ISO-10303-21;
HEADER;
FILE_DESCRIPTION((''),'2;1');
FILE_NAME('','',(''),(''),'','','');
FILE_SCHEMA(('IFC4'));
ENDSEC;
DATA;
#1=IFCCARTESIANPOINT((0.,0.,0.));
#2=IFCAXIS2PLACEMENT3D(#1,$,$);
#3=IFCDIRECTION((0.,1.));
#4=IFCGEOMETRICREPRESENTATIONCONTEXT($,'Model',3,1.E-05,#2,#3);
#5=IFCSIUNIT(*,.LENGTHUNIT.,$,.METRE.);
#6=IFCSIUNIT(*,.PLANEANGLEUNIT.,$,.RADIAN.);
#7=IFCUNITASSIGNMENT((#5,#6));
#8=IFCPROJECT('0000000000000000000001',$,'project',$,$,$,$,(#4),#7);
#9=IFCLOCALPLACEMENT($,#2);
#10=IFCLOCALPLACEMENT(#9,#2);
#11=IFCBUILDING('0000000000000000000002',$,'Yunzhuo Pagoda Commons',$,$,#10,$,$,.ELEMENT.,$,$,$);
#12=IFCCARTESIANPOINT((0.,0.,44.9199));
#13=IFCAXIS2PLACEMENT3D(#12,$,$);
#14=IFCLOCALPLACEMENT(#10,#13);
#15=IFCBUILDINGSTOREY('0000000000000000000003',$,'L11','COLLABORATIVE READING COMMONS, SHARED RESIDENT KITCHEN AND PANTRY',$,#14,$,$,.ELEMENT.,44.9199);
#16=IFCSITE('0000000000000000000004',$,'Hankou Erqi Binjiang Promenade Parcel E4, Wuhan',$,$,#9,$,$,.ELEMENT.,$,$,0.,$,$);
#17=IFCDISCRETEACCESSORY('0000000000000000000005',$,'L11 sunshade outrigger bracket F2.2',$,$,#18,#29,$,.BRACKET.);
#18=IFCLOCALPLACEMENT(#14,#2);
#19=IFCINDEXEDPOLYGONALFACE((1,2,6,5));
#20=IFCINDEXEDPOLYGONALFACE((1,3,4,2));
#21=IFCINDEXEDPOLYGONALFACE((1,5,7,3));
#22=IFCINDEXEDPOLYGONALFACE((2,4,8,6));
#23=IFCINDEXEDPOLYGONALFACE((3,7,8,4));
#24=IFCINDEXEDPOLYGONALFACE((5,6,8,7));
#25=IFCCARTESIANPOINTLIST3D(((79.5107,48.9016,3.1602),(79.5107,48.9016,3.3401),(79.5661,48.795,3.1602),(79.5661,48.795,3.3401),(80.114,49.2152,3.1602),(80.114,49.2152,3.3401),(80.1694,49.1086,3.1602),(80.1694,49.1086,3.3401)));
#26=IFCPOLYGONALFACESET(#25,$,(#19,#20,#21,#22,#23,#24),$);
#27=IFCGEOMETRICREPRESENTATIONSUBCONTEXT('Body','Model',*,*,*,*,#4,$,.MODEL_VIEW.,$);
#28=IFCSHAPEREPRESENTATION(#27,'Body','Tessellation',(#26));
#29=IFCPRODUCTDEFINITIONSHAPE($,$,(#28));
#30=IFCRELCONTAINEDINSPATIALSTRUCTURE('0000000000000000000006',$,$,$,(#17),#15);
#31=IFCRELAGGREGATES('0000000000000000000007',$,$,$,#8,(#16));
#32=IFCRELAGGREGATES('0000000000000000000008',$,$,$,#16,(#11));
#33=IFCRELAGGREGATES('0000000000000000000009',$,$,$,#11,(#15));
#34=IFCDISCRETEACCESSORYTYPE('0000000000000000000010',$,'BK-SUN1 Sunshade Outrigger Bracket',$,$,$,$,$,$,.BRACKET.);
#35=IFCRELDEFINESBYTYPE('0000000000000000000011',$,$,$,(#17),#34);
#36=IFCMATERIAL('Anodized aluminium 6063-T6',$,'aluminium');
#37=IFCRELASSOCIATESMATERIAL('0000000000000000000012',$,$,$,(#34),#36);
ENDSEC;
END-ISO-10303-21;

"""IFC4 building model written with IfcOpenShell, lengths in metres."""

from ifc_helpers import new_model, si_unit, direction, frame, origin, origin_2d, place, context, subcontext, project, spatial, rectangle, extrude, source, transform, mapped, material, type_object, element, save


model = new_model("IFC4")

# Units and contexts
model_context = context("Model", 3, precision=1e-05, world=origin(), true_north=direction((0.0, 1.0)))
body_context = subcontext(model_context, "Body", "Model", "MODEL_VIEW")
ifc_project = project(units=[si_unit("LENGTHUNIT", "METRE"), si_unit("PLANEANGLEUNIT", "RADIAN")], contexts=[model_context])

# Site, building, storey
site_placement = place(None, origin())
site = spatial("IfcSite", under=ifc_project, at=site_placement, Name="Hankou Erqi Binjiang Promenade Parcel E4, Wuhan", CompositionType="ELEMENT", RefElevation=0.0)
building_placement = place(site_placement, origin())
building = spatial("IfcBuilding", under=site, at=building_placement, Name="Yunzhuo Pagoda Commons", CompositionType="ELEMENT")
storey_placement = place(building_placement, frame((0.0, 0.0, 44.9199)))
storey = spatial("IfcBuildingStorey", under=building, at=storey_placement, Name="L11", Description="COLLABORATIVE READING COMMONS, SHARED RESIDENT KITCHEN AND PANTRY", CompositionType="ELEMENT", Elevation=44.9199)

# Shared definitions
ifc_material_1 = material(Name="Anodized aluminium 6063-T6", Category="aluminium")

# Discrete accessory
discrete_accessory_type = type_object("IfcDiscreteAccessoryType", Name="BK-SUN1 Sunshade Outrigger Bracket", PredefinedType="BRACKET", material=ifc_material_1)
shared_shape_1 = source(origin(), body_context, "Body", "SweptSolid", [
    extrude(rectangle(XDim=0.1201, YDim=0.6799, at=origin_2d()), origin(), (0.0, 0.0, 1.0), 0.1799),
])
discrete_accessory_placement = place(storey_placement, frame((79.8401, 49.0051, 3.1602), z_axis=(0.0, 0.0, 1.0), x_axis=(-0.461207, 0.887293, 0.0)))
element("IfcDiscreteAccessory", 1, at=discrete_accessory_placement, inside=storey, type_object=discrete_accessory_type, Name="L11 sunshade outrigger bracket F2.2", PredefinedType="BRACKET", context=body_context, shape_type="MappedRepresentation", body=[
    mapped(shared_shape_1, transform((0.0, 0.0, 0.0), scale=1.0)),
])

save(model, "model.ifc")
